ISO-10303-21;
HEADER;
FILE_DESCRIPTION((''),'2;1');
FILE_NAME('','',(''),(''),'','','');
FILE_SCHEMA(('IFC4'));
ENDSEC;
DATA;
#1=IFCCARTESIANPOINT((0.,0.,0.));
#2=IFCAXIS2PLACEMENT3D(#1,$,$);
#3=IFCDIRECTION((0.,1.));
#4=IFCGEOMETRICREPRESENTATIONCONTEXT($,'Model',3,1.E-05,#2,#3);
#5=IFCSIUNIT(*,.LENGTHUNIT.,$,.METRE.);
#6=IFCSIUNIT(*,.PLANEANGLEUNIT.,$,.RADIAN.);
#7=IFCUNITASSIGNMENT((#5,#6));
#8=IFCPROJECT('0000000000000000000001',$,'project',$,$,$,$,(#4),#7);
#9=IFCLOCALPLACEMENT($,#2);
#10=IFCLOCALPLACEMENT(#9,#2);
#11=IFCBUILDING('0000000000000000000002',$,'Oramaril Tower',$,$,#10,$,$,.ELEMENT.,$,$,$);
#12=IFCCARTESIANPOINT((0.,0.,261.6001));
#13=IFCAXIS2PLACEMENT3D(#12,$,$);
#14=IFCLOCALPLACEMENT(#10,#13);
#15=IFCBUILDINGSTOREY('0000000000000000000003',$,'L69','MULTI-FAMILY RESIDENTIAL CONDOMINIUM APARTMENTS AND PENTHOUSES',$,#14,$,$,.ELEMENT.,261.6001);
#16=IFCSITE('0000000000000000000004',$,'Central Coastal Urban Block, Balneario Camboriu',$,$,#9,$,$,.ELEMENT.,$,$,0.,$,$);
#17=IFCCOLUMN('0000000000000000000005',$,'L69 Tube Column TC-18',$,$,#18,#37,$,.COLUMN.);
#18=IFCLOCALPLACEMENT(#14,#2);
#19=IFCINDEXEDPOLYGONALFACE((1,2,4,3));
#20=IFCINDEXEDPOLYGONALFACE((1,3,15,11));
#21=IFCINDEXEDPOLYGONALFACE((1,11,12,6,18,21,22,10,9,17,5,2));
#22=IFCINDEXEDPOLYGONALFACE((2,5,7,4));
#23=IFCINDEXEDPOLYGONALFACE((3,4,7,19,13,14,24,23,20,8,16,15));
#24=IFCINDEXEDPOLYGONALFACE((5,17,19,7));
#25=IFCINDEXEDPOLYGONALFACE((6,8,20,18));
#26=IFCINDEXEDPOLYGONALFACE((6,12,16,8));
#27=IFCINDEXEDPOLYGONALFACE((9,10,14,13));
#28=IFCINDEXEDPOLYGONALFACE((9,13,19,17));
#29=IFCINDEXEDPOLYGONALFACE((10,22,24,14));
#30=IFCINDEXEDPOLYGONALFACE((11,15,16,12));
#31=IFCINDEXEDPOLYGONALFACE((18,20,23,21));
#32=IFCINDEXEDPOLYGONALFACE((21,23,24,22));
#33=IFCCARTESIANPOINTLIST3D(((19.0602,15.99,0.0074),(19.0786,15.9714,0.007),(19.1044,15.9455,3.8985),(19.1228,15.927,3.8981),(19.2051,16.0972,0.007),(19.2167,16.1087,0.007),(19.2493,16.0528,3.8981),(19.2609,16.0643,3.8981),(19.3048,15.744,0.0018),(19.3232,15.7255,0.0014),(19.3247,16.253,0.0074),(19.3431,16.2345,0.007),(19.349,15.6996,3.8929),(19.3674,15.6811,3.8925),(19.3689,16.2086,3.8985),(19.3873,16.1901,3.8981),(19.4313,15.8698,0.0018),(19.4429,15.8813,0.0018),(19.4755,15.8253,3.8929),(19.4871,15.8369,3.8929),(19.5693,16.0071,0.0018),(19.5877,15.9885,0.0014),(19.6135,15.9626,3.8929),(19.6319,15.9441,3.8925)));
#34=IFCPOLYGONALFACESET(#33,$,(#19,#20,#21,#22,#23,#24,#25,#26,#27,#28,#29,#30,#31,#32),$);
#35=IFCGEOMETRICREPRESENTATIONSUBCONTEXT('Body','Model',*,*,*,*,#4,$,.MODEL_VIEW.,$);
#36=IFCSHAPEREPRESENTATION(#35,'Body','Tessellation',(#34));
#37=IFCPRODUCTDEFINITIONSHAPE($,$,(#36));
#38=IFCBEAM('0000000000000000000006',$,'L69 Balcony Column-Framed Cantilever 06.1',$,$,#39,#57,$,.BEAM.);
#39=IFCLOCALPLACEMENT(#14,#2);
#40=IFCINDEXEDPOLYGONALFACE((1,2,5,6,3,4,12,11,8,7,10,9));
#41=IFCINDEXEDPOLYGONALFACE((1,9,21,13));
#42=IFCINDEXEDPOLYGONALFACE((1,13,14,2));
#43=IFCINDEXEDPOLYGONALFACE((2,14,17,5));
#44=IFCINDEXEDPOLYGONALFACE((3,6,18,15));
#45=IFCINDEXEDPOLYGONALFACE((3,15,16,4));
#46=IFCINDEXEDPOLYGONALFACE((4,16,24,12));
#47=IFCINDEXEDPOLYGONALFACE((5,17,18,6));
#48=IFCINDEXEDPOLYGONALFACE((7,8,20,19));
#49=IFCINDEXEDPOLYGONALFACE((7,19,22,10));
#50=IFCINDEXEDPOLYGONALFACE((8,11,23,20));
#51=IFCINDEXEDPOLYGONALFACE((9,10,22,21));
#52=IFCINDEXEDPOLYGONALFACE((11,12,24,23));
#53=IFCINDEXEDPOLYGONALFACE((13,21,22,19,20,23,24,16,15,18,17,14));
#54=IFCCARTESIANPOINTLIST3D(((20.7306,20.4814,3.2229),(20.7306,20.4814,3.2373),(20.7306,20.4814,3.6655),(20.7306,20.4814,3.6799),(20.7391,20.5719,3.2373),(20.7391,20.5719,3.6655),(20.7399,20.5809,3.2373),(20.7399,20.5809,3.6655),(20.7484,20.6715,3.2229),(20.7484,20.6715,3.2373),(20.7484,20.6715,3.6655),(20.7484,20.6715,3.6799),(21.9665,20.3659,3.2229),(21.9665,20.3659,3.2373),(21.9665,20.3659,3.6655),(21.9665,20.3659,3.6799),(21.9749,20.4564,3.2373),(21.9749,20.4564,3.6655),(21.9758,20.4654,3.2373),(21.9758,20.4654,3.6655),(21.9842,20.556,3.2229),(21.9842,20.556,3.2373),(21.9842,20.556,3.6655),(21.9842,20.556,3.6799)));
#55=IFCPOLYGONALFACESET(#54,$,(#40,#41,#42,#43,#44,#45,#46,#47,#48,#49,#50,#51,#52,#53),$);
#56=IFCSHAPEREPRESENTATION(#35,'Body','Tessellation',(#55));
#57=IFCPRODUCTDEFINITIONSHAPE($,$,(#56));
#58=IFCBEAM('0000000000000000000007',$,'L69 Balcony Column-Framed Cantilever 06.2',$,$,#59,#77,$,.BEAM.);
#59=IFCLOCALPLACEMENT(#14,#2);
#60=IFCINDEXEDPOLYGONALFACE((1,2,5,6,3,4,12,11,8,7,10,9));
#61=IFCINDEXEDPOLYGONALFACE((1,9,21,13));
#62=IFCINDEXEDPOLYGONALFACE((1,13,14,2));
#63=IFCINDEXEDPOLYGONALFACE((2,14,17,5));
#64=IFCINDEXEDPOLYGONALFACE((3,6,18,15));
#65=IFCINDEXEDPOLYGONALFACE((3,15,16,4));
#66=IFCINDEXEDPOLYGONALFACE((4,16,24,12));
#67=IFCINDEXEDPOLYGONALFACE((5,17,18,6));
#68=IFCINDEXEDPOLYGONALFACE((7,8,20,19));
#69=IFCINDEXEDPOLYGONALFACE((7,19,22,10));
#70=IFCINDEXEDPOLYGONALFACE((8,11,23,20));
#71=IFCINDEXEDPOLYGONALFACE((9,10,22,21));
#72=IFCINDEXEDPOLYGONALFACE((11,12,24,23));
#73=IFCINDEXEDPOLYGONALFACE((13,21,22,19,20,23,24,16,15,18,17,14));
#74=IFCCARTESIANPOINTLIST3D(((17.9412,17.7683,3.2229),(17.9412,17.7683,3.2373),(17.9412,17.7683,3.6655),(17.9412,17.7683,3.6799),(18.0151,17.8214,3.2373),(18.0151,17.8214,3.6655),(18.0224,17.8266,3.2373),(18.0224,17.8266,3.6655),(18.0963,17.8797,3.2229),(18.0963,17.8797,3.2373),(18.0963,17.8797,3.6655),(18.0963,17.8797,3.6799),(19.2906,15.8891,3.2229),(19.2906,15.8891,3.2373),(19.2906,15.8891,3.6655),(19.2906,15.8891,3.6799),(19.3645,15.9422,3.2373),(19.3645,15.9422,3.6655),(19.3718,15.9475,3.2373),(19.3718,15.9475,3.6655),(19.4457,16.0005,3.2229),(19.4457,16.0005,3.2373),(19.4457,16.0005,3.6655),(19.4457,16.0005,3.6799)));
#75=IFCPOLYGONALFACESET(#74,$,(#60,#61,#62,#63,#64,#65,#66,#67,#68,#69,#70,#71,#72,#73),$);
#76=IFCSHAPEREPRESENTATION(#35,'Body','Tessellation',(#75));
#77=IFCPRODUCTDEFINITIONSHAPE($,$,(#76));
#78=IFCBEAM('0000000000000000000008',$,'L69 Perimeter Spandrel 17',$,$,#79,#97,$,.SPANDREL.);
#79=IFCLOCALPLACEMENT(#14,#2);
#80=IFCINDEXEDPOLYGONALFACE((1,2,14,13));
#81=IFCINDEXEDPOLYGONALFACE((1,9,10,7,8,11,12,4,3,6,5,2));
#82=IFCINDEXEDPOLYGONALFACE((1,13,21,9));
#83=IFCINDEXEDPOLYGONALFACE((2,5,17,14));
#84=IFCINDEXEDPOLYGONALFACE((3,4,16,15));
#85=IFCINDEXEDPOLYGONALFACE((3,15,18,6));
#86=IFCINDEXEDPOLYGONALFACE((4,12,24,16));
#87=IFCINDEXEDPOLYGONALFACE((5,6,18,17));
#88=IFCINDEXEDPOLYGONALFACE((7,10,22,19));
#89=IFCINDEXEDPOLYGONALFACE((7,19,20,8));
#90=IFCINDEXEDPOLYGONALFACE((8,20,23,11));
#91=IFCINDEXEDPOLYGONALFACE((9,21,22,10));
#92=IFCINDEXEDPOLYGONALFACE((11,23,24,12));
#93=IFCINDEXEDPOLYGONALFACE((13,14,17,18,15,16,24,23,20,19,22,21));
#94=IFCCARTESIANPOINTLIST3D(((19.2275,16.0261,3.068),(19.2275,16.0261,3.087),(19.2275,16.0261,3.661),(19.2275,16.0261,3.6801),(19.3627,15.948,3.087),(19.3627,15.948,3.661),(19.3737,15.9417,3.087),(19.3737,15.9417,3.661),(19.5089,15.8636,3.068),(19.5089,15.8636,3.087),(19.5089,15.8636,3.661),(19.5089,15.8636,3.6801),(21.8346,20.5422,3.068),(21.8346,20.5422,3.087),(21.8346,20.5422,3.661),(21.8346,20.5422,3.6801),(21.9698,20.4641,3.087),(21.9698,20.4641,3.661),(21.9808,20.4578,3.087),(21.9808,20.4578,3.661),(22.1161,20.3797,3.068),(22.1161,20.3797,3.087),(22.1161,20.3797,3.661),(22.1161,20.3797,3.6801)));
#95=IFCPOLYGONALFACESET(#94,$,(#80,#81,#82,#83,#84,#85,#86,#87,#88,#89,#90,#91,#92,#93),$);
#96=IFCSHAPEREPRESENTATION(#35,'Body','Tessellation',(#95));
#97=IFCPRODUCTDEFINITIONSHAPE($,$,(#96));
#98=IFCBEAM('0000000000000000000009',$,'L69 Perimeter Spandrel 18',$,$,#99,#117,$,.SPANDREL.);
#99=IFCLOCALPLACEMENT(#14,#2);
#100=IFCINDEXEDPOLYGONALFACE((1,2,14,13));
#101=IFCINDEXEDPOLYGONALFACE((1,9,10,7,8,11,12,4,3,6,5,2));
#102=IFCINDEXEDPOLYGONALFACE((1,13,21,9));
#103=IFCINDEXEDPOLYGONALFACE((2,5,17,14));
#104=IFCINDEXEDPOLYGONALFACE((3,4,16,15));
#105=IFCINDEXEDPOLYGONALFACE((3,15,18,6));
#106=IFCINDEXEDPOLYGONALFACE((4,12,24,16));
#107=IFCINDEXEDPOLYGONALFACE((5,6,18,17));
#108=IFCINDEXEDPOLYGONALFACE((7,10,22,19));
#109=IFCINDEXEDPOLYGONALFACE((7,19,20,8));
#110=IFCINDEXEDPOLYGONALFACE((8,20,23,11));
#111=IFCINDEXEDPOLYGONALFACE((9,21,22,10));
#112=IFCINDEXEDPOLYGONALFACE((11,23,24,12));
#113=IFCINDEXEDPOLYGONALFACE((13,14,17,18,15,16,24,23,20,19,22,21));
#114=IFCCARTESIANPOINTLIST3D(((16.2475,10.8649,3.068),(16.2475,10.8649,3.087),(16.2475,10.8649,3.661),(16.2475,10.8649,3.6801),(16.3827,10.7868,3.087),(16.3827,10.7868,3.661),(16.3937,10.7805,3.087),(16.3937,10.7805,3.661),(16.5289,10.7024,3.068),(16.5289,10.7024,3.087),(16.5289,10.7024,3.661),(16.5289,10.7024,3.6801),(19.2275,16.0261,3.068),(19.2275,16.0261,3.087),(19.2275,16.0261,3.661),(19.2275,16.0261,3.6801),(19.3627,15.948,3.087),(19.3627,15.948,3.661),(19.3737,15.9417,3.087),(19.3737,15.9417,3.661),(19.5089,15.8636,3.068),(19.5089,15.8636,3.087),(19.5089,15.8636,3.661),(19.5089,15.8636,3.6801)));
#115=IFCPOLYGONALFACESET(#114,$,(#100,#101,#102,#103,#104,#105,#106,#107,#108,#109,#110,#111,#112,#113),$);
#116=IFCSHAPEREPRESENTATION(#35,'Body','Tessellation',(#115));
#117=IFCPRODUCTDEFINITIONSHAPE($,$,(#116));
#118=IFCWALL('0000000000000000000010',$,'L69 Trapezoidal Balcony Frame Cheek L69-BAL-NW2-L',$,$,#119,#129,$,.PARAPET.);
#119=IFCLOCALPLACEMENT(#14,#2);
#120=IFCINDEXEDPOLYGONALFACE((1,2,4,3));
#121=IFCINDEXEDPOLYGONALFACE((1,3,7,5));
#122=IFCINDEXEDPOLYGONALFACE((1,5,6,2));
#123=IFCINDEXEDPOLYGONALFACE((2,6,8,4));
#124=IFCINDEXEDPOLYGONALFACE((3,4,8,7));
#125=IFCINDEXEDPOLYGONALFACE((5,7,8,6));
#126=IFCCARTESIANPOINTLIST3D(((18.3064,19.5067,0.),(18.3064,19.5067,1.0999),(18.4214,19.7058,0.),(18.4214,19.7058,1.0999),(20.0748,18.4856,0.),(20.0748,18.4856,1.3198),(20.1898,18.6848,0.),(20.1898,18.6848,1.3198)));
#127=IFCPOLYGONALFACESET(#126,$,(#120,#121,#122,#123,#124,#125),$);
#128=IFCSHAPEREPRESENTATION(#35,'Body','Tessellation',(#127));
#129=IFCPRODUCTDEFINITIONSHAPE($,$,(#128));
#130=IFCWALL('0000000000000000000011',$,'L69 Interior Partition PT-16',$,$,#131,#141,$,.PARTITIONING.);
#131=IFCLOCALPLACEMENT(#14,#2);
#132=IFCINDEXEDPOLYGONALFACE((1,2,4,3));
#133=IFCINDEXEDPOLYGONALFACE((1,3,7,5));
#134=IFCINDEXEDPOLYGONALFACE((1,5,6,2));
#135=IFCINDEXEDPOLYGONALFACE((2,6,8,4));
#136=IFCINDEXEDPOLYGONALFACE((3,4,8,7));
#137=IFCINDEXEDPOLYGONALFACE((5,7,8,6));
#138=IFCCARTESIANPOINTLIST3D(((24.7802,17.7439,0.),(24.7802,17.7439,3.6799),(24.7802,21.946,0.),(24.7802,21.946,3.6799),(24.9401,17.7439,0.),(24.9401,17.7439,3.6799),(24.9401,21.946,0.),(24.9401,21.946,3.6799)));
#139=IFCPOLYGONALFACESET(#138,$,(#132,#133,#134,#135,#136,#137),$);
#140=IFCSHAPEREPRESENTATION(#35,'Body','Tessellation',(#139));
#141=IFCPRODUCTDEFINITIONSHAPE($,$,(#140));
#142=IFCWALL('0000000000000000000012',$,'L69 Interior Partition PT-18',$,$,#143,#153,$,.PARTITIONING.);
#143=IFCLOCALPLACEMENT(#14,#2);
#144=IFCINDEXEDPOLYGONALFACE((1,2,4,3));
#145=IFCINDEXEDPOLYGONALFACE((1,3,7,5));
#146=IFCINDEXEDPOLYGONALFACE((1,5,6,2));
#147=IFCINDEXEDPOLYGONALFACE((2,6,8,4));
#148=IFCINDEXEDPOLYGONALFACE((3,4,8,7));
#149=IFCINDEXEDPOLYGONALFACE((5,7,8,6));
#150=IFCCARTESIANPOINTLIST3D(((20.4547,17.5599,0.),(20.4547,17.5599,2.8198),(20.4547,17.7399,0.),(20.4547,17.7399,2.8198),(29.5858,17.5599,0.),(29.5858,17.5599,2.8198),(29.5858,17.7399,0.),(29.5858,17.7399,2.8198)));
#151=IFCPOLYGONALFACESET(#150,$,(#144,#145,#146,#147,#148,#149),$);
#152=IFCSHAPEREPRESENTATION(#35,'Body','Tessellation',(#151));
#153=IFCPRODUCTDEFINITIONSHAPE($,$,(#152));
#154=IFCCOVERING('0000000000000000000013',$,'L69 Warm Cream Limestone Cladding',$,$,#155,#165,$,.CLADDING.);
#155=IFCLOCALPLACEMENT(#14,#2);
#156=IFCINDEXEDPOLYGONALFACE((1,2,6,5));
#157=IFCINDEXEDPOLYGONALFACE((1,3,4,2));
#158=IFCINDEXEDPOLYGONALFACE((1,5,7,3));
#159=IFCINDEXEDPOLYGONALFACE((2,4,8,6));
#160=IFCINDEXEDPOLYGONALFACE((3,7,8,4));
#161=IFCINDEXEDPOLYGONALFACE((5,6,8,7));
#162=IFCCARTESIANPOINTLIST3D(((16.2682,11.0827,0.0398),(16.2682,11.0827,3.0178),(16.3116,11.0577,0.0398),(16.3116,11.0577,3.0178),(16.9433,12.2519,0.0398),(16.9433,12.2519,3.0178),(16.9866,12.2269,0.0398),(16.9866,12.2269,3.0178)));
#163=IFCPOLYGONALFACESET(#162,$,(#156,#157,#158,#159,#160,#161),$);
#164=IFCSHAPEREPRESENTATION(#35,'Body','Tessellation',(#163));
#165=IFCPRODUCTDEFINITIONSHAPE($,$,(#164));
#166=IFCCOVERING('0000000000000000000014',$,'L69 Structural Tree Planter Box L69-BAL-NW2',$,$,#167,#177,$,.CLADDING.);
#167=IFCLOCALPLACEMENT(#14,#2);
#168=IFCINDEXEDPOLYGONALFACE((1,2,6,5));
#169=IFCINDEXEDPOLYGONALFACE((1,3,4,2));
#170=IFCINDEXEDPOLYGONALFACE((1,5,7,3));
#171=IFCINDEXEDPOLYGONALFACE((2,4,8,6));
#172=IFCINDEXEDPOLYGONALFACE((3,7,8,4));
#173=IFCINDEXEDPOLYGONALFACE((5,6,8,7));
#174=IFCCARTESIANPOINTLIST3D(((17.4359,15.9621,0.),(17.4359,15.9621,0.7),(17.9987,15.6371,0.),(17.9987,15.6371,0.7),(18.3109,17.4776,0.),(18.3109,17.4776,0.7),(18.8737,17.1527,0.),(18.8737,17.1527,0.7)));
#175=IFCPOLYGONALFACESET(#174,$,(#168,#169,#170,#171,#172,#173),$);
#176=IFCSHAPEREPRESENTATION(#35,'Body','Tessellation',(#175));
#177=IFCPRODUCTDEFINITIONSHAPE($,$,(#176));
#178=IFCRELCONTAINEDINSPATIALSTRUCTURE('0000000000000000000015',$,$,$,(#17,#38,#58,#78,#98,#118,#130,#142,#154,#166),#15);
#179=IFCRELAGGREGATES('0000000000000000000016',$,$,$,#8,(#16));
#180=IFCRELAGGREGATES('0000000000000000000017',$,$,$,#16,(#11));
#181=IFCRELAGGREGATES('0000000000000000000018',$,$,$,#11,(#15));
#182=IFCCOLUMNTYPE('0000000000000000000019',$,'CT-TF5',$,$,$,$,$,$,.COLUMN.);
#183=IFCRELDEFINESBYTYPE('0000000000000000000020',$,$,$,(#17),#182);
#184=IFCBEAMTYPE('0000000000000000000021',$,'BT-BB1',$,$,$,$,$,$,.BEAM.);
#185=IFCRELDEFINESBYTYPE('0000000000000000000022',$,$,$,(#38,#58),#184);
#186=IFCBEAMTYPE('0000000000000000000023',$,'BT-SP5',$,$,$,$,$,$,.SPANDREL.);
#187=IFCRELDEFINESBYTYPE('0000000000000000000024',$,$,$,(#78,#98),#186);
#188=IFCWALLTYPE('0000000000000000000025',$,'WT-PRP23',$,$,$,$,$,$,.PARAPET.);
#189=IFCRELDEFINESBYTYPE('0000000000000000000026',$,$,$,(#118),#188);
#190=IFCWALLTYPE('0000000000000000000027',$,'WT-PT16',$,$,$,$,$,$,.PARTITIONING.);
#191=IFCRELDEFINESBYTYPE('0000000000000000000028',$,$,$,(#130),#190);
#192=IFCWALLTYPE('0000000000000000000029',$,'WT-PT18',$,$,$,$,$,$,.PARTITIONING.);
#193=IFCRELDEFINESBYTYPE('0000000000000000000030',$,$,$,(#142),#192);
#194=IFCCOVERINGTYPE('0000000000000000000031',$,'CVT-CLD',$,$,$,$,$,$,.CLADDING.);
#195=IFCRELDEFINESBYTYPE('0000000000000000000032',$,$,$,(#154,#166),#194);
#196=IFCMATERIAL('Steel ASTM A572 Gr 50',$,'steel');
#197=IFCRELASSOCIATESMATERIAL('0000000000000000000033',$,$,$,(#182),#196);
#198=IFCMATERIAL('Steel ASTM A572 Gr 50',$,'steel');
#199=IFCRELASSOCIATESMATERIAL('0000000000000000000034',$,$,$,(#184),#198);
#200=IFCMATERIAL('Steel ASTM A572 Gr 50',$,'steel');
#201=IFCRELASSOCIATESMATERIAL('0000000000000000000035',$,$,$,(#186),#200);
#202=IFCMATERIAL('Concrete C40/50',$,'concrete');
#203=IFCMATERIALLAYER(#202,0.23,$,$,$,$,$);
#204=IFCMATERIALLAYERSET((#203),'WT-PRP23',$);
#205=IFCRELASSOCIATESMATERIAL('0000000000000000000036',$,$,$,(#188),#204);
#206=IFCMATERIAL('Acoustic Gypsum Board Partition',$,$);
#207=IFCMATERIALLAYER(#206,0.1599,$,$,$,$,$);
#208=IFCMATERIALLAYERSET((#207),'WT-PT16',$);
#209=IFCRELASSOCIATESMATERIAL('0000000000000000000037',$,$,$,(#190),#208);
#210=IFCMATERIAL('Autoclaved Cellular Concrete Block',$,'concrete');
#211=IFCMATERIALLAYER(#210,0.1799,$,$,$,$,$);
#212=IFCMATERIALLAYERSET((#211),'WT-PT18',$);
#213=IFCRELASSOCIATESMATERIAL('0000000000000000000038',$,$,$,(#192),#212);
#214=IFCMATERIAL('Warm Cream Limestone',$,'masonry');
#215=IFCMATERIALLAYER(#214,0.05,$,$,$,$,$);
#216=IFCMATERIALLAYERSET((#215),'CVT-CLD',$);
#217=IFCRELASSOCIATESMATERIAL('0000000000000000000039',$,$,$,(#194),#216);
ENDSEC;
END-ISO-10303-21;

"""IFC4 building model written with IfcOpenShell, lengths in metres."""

from ifc_helpers import new_model, si_unit, direction, frame, frame_2d, origin, origin_2d, place, context, subcontext, project, spatial, polyline, rectangle, i_section, outline, extrude, material, layer, layer_set, material_profile, profile_set, type_object, element, save


model = new_model("IFC4")

# Units and contexts
model_context = context("Model", 3, precision=1e-05, world=origin(), true_north=direction((0.0, 1.0)))
body_context = subcontext(model_context, "Body", "Model", "MODEL_VIEW")
ifc_project = project(units=[si_unit("LENGTHUNIT", "METRE"), si_unit("PLANEANGLEUNIT", "RADIAN")], contexts=[model_context])

# Site, building, storey
site_placement = place(None, origin())
site = spatial("IfcSite", under=ifc_project, at=site_placement, Name="Central Coastal Urban Block, Balneario Camboriu", CompositionType="ELEMENT", RefElevation=0.0)
building_placement = place(site_placement, origin())
building = spatial("IfcBuilding", under=site, at=building_placement, Name="Oramaril Tower", CompositionType="ELEMENT")
storey_placement = place(building_placement, frame((0.0, 0.0, 261.6001)))
storey = spatial("IfcBuildingStorey", under=building, at=storey_placement, Name="L69", Description="MULTI-FAMILY RESIDENTIAL CONDOMINIUM APARTMENTS AND PENTHOUSES", CompositionType="ELEMENT", Elevation=261.6001)

# Column
ifc_material_1 = material(Name="Steel ASTM A572 Gr 50", Category="steel")
ifc_material_profile_1 = material_profile(ifc_material_1, i_section(OverallWidth=0.373, OverallDepth=0.373, WebThickness=0.0164, FlangeThickness=0.0261, at=origin_2d()), Name="W14X132")
ifc_profile_set_1 = profile_set([ifc_material_profile_1], Name="Steel ASTM A572 Gr 50")
column_type = type_object("IfcColumnType", Name="CT-TF5", PredefinedType="COLUMN", material=ifc_profile_set_1)
column_placement = place(storey_placement, frame((19.324, 15.9893, 0.0044), z_axis=(0.011355, -0.011418, 0.99987), x_axis=(0.709052, 0.705156, 0.0)))
element("IfcColumn", 1, at=column_placement, inside=storey, type_object=column_type, Name="L69 Tube Column TC-18", PredefinedType="COLUMN", context=body_context, shape_type="SweptSolid", body=[
    extrude(i_section(OverallWidth=0.373, OverallDepth=0.373, WebThickness=0.0164, FlangeThickness=0.0261, at=origin_2d()), origin(), (0.0, 0.0, 1.0), 3.8916),
])

# Beams
ifc_material_2 = material(Name="Steel ASTM A572 Gr 50", Category="steel")
ifc_material_profile_2 = material_profile(ifc_material_2, i_section(OverallWidth=0.1909, OverallDepth=0.457, WebThickness=0.009, FlangeThickness=0.0144, at=origin_2d()), Name="W18X50")
ifc_profile_set_2 = profile_set([ifc_material_profile_2], Name="Steel ASTM A572 Gr 50")
beam_type_1 = type_object("IfcBeamType", Name="BT-BB1", PredefinedType="BEAM", material=ifc_profile_set_2)
beam_1_placement = place(storey_placement, frame((21.9753, 20.4609, 3.4514), z_axis=(-0.995663, 0.093036, 0.0), x_axis=(-0.093036, -0.995663, 0.0)))
element("IfcBeam", 2, at=beam_1_placement, inside=storey, type_object=beam_type_1, Name="L69 Balcony Column-Framed Cantilever 06.1", PredefinedType="BEAM", context=body_context, shape_type="SweptSolid", body=[
    extrude(i_section(OverallWidth=0.1909, OverallDepth=0.457, WebThickness=0.009, FlangeThickness=0.0144, at=origin_2d()), origin(), (0.0, 0.0, 1.0), 1.2412),
])
beam_2_placement = place(storey_placement, frame((19.3682, 15.9448, 3.4514), z_axis=(-0.583273, 0.812276, 0.0), x_axis=(-0.812276, -0.583273, 0.0)))
element("IfcBeam", 3, at=beam_2_placement, inside=storey, type_object=beam_type_1, Name="L69 Balcony Column-Framed Cantilever 06.2", PredefinedType="BEAM", context=body_context, shape_type="SweptSolid", body=[
    extrude(i_section(OverallWidth=0.1909, OverallDepth=0.457, WebThickness=0.009, FlangeThickness=0.0144, at=origin_2d()), origin(), (0.0, 0.0, 1.0), 2.3135),
])
ifc_material_3 = material(Name="Steel ASTM A572 Gr 50", Category="steel")
ifc_material_profile_3 = material_profile(ifc_material_3, i_section(OverallWidth=0.325, OverallDepth=0.6121, WebThickness=0.0127, FlangeThickness=0.019, at=origin_2d()), Name="W24X104")
ifc_profile_set_3 = profile_set([ifc_material_profile_3], Name="Steel ASTM A572 Gr 50")
beam_type_2 = type_object("IfcBeamType", Name="BT-SP5", PredefinedType="SPANDREL", material=ifc_profile_set_3)
beam_3_placement = place(storey_placement, frame((21.9753, 20.4609, 3.374), z_axis=(-0.499971, -0.866042, 0.0), x_axis=(0.866042, -0.499971, 0.0)))
element("IfcBeam", 4, at=beam_3_placement, inside=storey, type_object=beam_type_2, Name="L69 Perimeter Spandrel 17", PredefinedType="SPANDREL", context=body_context, shape_type="SweptSolid", body=[
    extrude(i_section(OverallWidth=0.325, OverallDepth=0.6121, WebThickness=0.0127, FlangeThickness=0.019, at=origin_2d()), origin(), (0.0, 0.0, 1.0), 5.2146),
])
beam_4_placement = place(storey_placement, frame((19.3682, 15.9448, 3.374), z_axis=(-0.500025, -0.866011, 0.0), x_axis=(0.866011, -0.500025, 0.0)))
element("IfcBeam", 5, at=beam_4_placement, inside=storey, type_object=beam_type_2, Name="L69 Perimeter Spandrel 18", PredefinedType="SPANDREL", context=body_context, shape_type="SweptSolid", body=[
    extrude(i_section(OverallWidth=0.325, OverallDepth=0.6121, WebThickness=0.0127, FlangeThickness=0.019, at=origin_2d()), origin(), (0.0, 0.0, 1.0), 5.9597),
])

# Wall
ifc_material_4 = material(Name="Concrete C40/50", Category="concrete")
ifc_layer_1 = layer(ifc_material_4, 0.23)
ifc_layer_set_1 = layer_set([ifc_layer_1], Name="WT-PRP23")
wall_type_1 = type_object("IfcWallType", Name="WT-PRP23", PredefinedType="PARAPET", material=ifc_layer_set_1)
wall_1_placement = place(storey_placement, frame((20.1323, 18.5852, 0.0), z_axis=(0.0, 0.0, 1.0), x_axis=(-0.866012, 0.500023, 0.0)))
element("IfcWall", 6, at=wall_1_placement, inside=storey, type_object=wall_type_1, Name="L69 Trapezoidal Balcony Frame Cheek L69-BAL-NW2-L", PredefinedType="PARAPET", context=body_context, shape_type="SweptSolid", body=[
    extrude(outline(polyline([(0.0, 0.0), (2.042, 0.0), (2.042, 1.0999), (0.0, 1.3198), (0.0, 0.0)])), frame((0.0, 0.115, 0.0), z_axis=(0.0, -1.0, 0.0), x_axis=(1.0, 0.0, 0.0)), (0.0, 0.0, 1.0), 0.23),
])

# Walls
ifc_material_5 = material(Name="Acoustic Gypsum Board Partition")
ifc_layer_2 = layer(ifc_material_5, 0.1599)
ifc_layer_set_2 = layer_set([ifc_layer_2], Name="WT-PT16")
wall_type_2 = type_object("IfcWallType", Name="WT-PT16", PredefinedType="PARTITIONING", material=ifc_layer_set_2)
wall_2_placement = place(storey_placement, frame((24.8601, 17.7439, 0.0), z_axis=(0.0, 0.0, 1.0), x_axis=(0.0, 1.0, 0.0)))
element("IfcWall", 7, at=wall_2_placement, inside=storey, type_object=wall_type_2, Name="L69 Interior Partition PT-16", PredefinedType="PARTITIONING", context=body_context, shape_type="SweptSolid", body=[
    extrude(rectangle(XDim=4.2021, YDim=0.1599, at=frame_2d((2.1011, 0.0))), origin(), (0.0, 0.0, 1.0), 3.6799),
])
ifc_material_6 = material(Name="Autoclaved Cellular Concrete Block", Category="concrete")
ifc_layer_3 = layer(ifc_material_6, 0.1799)
ifc_layer_set_3 = layer_set([ifc_layer_3], Name="WT-PT18")
wall_type_3 = type_object("IfcWallType", Name="WT-PT18", PredefinedType="PARTITIONING", material=ifc_layer_set_3)
wall_3_placement = place(storey_placement, frame((20.4548, 17.6499, 0.0), z_axis=(0.0, 0.0, 1.0), x_axis=(1.0, 0.0, 0.0)))
element("IfcWall", 8, at=wall_3_placement, inside=storey, type_object=wall_type_3, Name="L69 Interior Partition PT-18", PredefinedType="PARTITIONING", context=body_context, shape_type="SweptSolid", body=[
    extrude(rectangle(XDim=9.1311, YDim=0.1799, at=frame_2d((4.5654, 0.0))), origin(), (0.0, 0.0, 1.0), 2.8198),
])

# Coverings
ifc_material_7 = material(Name="Warm Cream Limestone", Category="masonry")
ifc_layer_4 = layer(ifc_material_7, 0.05)
ifc_layer_set_4 = layer_set([ifc_layer_4], Name="CVT-CLD")
covering_type = type_object("IfcCoveringType", Name="CVT-CLD", PredefinedType="CLADDING", material=ifc_layer_set_4)
covering_1_placement = place(storey_placement, frame((16.6274, 11.6548, 0.0398), z_axis=(0.0, 0.0, 1.0), x_axis=(-0.5, -0.866025, 0.0)))
element("IfcCovering", 9, at=covering_1_placement, inside=storey, type_object=covering_type, Name="L69 Warm Cream Limestone Cladding", PredefinedType="CLADDING", context=body_context, shape_type="SweptSolid", body=[
    extrude(rectangle(XDim=1.3501, YDim=0.05, at=origin_2d()), origin(), (0.0, 0.0, 1.0), 2.978),
])
covering_2_placement = place(storey_placement, frame((18.1548, 16.5574, 0.0), z_axis=(0.0, 0.0, 1.0), x_axis=(-0.5, -0.866025, 0.0)))
element("IfcCovering", 10, at=covering_2_placement, inside=storey, type_object=covering_type, Name="L69 Structural Tree Planter Box L69-BAL-NW2", PredefinedType="CLADDING", context=body_context, shape_type="SweptSolid", body=[
    extrude(rectangle(XDim=1.75, YDim=0.6499, at=origin_2d()), origin(), (0.0, 0.0, 1.0), 0.7),
])

save(model, "model.ifc")
